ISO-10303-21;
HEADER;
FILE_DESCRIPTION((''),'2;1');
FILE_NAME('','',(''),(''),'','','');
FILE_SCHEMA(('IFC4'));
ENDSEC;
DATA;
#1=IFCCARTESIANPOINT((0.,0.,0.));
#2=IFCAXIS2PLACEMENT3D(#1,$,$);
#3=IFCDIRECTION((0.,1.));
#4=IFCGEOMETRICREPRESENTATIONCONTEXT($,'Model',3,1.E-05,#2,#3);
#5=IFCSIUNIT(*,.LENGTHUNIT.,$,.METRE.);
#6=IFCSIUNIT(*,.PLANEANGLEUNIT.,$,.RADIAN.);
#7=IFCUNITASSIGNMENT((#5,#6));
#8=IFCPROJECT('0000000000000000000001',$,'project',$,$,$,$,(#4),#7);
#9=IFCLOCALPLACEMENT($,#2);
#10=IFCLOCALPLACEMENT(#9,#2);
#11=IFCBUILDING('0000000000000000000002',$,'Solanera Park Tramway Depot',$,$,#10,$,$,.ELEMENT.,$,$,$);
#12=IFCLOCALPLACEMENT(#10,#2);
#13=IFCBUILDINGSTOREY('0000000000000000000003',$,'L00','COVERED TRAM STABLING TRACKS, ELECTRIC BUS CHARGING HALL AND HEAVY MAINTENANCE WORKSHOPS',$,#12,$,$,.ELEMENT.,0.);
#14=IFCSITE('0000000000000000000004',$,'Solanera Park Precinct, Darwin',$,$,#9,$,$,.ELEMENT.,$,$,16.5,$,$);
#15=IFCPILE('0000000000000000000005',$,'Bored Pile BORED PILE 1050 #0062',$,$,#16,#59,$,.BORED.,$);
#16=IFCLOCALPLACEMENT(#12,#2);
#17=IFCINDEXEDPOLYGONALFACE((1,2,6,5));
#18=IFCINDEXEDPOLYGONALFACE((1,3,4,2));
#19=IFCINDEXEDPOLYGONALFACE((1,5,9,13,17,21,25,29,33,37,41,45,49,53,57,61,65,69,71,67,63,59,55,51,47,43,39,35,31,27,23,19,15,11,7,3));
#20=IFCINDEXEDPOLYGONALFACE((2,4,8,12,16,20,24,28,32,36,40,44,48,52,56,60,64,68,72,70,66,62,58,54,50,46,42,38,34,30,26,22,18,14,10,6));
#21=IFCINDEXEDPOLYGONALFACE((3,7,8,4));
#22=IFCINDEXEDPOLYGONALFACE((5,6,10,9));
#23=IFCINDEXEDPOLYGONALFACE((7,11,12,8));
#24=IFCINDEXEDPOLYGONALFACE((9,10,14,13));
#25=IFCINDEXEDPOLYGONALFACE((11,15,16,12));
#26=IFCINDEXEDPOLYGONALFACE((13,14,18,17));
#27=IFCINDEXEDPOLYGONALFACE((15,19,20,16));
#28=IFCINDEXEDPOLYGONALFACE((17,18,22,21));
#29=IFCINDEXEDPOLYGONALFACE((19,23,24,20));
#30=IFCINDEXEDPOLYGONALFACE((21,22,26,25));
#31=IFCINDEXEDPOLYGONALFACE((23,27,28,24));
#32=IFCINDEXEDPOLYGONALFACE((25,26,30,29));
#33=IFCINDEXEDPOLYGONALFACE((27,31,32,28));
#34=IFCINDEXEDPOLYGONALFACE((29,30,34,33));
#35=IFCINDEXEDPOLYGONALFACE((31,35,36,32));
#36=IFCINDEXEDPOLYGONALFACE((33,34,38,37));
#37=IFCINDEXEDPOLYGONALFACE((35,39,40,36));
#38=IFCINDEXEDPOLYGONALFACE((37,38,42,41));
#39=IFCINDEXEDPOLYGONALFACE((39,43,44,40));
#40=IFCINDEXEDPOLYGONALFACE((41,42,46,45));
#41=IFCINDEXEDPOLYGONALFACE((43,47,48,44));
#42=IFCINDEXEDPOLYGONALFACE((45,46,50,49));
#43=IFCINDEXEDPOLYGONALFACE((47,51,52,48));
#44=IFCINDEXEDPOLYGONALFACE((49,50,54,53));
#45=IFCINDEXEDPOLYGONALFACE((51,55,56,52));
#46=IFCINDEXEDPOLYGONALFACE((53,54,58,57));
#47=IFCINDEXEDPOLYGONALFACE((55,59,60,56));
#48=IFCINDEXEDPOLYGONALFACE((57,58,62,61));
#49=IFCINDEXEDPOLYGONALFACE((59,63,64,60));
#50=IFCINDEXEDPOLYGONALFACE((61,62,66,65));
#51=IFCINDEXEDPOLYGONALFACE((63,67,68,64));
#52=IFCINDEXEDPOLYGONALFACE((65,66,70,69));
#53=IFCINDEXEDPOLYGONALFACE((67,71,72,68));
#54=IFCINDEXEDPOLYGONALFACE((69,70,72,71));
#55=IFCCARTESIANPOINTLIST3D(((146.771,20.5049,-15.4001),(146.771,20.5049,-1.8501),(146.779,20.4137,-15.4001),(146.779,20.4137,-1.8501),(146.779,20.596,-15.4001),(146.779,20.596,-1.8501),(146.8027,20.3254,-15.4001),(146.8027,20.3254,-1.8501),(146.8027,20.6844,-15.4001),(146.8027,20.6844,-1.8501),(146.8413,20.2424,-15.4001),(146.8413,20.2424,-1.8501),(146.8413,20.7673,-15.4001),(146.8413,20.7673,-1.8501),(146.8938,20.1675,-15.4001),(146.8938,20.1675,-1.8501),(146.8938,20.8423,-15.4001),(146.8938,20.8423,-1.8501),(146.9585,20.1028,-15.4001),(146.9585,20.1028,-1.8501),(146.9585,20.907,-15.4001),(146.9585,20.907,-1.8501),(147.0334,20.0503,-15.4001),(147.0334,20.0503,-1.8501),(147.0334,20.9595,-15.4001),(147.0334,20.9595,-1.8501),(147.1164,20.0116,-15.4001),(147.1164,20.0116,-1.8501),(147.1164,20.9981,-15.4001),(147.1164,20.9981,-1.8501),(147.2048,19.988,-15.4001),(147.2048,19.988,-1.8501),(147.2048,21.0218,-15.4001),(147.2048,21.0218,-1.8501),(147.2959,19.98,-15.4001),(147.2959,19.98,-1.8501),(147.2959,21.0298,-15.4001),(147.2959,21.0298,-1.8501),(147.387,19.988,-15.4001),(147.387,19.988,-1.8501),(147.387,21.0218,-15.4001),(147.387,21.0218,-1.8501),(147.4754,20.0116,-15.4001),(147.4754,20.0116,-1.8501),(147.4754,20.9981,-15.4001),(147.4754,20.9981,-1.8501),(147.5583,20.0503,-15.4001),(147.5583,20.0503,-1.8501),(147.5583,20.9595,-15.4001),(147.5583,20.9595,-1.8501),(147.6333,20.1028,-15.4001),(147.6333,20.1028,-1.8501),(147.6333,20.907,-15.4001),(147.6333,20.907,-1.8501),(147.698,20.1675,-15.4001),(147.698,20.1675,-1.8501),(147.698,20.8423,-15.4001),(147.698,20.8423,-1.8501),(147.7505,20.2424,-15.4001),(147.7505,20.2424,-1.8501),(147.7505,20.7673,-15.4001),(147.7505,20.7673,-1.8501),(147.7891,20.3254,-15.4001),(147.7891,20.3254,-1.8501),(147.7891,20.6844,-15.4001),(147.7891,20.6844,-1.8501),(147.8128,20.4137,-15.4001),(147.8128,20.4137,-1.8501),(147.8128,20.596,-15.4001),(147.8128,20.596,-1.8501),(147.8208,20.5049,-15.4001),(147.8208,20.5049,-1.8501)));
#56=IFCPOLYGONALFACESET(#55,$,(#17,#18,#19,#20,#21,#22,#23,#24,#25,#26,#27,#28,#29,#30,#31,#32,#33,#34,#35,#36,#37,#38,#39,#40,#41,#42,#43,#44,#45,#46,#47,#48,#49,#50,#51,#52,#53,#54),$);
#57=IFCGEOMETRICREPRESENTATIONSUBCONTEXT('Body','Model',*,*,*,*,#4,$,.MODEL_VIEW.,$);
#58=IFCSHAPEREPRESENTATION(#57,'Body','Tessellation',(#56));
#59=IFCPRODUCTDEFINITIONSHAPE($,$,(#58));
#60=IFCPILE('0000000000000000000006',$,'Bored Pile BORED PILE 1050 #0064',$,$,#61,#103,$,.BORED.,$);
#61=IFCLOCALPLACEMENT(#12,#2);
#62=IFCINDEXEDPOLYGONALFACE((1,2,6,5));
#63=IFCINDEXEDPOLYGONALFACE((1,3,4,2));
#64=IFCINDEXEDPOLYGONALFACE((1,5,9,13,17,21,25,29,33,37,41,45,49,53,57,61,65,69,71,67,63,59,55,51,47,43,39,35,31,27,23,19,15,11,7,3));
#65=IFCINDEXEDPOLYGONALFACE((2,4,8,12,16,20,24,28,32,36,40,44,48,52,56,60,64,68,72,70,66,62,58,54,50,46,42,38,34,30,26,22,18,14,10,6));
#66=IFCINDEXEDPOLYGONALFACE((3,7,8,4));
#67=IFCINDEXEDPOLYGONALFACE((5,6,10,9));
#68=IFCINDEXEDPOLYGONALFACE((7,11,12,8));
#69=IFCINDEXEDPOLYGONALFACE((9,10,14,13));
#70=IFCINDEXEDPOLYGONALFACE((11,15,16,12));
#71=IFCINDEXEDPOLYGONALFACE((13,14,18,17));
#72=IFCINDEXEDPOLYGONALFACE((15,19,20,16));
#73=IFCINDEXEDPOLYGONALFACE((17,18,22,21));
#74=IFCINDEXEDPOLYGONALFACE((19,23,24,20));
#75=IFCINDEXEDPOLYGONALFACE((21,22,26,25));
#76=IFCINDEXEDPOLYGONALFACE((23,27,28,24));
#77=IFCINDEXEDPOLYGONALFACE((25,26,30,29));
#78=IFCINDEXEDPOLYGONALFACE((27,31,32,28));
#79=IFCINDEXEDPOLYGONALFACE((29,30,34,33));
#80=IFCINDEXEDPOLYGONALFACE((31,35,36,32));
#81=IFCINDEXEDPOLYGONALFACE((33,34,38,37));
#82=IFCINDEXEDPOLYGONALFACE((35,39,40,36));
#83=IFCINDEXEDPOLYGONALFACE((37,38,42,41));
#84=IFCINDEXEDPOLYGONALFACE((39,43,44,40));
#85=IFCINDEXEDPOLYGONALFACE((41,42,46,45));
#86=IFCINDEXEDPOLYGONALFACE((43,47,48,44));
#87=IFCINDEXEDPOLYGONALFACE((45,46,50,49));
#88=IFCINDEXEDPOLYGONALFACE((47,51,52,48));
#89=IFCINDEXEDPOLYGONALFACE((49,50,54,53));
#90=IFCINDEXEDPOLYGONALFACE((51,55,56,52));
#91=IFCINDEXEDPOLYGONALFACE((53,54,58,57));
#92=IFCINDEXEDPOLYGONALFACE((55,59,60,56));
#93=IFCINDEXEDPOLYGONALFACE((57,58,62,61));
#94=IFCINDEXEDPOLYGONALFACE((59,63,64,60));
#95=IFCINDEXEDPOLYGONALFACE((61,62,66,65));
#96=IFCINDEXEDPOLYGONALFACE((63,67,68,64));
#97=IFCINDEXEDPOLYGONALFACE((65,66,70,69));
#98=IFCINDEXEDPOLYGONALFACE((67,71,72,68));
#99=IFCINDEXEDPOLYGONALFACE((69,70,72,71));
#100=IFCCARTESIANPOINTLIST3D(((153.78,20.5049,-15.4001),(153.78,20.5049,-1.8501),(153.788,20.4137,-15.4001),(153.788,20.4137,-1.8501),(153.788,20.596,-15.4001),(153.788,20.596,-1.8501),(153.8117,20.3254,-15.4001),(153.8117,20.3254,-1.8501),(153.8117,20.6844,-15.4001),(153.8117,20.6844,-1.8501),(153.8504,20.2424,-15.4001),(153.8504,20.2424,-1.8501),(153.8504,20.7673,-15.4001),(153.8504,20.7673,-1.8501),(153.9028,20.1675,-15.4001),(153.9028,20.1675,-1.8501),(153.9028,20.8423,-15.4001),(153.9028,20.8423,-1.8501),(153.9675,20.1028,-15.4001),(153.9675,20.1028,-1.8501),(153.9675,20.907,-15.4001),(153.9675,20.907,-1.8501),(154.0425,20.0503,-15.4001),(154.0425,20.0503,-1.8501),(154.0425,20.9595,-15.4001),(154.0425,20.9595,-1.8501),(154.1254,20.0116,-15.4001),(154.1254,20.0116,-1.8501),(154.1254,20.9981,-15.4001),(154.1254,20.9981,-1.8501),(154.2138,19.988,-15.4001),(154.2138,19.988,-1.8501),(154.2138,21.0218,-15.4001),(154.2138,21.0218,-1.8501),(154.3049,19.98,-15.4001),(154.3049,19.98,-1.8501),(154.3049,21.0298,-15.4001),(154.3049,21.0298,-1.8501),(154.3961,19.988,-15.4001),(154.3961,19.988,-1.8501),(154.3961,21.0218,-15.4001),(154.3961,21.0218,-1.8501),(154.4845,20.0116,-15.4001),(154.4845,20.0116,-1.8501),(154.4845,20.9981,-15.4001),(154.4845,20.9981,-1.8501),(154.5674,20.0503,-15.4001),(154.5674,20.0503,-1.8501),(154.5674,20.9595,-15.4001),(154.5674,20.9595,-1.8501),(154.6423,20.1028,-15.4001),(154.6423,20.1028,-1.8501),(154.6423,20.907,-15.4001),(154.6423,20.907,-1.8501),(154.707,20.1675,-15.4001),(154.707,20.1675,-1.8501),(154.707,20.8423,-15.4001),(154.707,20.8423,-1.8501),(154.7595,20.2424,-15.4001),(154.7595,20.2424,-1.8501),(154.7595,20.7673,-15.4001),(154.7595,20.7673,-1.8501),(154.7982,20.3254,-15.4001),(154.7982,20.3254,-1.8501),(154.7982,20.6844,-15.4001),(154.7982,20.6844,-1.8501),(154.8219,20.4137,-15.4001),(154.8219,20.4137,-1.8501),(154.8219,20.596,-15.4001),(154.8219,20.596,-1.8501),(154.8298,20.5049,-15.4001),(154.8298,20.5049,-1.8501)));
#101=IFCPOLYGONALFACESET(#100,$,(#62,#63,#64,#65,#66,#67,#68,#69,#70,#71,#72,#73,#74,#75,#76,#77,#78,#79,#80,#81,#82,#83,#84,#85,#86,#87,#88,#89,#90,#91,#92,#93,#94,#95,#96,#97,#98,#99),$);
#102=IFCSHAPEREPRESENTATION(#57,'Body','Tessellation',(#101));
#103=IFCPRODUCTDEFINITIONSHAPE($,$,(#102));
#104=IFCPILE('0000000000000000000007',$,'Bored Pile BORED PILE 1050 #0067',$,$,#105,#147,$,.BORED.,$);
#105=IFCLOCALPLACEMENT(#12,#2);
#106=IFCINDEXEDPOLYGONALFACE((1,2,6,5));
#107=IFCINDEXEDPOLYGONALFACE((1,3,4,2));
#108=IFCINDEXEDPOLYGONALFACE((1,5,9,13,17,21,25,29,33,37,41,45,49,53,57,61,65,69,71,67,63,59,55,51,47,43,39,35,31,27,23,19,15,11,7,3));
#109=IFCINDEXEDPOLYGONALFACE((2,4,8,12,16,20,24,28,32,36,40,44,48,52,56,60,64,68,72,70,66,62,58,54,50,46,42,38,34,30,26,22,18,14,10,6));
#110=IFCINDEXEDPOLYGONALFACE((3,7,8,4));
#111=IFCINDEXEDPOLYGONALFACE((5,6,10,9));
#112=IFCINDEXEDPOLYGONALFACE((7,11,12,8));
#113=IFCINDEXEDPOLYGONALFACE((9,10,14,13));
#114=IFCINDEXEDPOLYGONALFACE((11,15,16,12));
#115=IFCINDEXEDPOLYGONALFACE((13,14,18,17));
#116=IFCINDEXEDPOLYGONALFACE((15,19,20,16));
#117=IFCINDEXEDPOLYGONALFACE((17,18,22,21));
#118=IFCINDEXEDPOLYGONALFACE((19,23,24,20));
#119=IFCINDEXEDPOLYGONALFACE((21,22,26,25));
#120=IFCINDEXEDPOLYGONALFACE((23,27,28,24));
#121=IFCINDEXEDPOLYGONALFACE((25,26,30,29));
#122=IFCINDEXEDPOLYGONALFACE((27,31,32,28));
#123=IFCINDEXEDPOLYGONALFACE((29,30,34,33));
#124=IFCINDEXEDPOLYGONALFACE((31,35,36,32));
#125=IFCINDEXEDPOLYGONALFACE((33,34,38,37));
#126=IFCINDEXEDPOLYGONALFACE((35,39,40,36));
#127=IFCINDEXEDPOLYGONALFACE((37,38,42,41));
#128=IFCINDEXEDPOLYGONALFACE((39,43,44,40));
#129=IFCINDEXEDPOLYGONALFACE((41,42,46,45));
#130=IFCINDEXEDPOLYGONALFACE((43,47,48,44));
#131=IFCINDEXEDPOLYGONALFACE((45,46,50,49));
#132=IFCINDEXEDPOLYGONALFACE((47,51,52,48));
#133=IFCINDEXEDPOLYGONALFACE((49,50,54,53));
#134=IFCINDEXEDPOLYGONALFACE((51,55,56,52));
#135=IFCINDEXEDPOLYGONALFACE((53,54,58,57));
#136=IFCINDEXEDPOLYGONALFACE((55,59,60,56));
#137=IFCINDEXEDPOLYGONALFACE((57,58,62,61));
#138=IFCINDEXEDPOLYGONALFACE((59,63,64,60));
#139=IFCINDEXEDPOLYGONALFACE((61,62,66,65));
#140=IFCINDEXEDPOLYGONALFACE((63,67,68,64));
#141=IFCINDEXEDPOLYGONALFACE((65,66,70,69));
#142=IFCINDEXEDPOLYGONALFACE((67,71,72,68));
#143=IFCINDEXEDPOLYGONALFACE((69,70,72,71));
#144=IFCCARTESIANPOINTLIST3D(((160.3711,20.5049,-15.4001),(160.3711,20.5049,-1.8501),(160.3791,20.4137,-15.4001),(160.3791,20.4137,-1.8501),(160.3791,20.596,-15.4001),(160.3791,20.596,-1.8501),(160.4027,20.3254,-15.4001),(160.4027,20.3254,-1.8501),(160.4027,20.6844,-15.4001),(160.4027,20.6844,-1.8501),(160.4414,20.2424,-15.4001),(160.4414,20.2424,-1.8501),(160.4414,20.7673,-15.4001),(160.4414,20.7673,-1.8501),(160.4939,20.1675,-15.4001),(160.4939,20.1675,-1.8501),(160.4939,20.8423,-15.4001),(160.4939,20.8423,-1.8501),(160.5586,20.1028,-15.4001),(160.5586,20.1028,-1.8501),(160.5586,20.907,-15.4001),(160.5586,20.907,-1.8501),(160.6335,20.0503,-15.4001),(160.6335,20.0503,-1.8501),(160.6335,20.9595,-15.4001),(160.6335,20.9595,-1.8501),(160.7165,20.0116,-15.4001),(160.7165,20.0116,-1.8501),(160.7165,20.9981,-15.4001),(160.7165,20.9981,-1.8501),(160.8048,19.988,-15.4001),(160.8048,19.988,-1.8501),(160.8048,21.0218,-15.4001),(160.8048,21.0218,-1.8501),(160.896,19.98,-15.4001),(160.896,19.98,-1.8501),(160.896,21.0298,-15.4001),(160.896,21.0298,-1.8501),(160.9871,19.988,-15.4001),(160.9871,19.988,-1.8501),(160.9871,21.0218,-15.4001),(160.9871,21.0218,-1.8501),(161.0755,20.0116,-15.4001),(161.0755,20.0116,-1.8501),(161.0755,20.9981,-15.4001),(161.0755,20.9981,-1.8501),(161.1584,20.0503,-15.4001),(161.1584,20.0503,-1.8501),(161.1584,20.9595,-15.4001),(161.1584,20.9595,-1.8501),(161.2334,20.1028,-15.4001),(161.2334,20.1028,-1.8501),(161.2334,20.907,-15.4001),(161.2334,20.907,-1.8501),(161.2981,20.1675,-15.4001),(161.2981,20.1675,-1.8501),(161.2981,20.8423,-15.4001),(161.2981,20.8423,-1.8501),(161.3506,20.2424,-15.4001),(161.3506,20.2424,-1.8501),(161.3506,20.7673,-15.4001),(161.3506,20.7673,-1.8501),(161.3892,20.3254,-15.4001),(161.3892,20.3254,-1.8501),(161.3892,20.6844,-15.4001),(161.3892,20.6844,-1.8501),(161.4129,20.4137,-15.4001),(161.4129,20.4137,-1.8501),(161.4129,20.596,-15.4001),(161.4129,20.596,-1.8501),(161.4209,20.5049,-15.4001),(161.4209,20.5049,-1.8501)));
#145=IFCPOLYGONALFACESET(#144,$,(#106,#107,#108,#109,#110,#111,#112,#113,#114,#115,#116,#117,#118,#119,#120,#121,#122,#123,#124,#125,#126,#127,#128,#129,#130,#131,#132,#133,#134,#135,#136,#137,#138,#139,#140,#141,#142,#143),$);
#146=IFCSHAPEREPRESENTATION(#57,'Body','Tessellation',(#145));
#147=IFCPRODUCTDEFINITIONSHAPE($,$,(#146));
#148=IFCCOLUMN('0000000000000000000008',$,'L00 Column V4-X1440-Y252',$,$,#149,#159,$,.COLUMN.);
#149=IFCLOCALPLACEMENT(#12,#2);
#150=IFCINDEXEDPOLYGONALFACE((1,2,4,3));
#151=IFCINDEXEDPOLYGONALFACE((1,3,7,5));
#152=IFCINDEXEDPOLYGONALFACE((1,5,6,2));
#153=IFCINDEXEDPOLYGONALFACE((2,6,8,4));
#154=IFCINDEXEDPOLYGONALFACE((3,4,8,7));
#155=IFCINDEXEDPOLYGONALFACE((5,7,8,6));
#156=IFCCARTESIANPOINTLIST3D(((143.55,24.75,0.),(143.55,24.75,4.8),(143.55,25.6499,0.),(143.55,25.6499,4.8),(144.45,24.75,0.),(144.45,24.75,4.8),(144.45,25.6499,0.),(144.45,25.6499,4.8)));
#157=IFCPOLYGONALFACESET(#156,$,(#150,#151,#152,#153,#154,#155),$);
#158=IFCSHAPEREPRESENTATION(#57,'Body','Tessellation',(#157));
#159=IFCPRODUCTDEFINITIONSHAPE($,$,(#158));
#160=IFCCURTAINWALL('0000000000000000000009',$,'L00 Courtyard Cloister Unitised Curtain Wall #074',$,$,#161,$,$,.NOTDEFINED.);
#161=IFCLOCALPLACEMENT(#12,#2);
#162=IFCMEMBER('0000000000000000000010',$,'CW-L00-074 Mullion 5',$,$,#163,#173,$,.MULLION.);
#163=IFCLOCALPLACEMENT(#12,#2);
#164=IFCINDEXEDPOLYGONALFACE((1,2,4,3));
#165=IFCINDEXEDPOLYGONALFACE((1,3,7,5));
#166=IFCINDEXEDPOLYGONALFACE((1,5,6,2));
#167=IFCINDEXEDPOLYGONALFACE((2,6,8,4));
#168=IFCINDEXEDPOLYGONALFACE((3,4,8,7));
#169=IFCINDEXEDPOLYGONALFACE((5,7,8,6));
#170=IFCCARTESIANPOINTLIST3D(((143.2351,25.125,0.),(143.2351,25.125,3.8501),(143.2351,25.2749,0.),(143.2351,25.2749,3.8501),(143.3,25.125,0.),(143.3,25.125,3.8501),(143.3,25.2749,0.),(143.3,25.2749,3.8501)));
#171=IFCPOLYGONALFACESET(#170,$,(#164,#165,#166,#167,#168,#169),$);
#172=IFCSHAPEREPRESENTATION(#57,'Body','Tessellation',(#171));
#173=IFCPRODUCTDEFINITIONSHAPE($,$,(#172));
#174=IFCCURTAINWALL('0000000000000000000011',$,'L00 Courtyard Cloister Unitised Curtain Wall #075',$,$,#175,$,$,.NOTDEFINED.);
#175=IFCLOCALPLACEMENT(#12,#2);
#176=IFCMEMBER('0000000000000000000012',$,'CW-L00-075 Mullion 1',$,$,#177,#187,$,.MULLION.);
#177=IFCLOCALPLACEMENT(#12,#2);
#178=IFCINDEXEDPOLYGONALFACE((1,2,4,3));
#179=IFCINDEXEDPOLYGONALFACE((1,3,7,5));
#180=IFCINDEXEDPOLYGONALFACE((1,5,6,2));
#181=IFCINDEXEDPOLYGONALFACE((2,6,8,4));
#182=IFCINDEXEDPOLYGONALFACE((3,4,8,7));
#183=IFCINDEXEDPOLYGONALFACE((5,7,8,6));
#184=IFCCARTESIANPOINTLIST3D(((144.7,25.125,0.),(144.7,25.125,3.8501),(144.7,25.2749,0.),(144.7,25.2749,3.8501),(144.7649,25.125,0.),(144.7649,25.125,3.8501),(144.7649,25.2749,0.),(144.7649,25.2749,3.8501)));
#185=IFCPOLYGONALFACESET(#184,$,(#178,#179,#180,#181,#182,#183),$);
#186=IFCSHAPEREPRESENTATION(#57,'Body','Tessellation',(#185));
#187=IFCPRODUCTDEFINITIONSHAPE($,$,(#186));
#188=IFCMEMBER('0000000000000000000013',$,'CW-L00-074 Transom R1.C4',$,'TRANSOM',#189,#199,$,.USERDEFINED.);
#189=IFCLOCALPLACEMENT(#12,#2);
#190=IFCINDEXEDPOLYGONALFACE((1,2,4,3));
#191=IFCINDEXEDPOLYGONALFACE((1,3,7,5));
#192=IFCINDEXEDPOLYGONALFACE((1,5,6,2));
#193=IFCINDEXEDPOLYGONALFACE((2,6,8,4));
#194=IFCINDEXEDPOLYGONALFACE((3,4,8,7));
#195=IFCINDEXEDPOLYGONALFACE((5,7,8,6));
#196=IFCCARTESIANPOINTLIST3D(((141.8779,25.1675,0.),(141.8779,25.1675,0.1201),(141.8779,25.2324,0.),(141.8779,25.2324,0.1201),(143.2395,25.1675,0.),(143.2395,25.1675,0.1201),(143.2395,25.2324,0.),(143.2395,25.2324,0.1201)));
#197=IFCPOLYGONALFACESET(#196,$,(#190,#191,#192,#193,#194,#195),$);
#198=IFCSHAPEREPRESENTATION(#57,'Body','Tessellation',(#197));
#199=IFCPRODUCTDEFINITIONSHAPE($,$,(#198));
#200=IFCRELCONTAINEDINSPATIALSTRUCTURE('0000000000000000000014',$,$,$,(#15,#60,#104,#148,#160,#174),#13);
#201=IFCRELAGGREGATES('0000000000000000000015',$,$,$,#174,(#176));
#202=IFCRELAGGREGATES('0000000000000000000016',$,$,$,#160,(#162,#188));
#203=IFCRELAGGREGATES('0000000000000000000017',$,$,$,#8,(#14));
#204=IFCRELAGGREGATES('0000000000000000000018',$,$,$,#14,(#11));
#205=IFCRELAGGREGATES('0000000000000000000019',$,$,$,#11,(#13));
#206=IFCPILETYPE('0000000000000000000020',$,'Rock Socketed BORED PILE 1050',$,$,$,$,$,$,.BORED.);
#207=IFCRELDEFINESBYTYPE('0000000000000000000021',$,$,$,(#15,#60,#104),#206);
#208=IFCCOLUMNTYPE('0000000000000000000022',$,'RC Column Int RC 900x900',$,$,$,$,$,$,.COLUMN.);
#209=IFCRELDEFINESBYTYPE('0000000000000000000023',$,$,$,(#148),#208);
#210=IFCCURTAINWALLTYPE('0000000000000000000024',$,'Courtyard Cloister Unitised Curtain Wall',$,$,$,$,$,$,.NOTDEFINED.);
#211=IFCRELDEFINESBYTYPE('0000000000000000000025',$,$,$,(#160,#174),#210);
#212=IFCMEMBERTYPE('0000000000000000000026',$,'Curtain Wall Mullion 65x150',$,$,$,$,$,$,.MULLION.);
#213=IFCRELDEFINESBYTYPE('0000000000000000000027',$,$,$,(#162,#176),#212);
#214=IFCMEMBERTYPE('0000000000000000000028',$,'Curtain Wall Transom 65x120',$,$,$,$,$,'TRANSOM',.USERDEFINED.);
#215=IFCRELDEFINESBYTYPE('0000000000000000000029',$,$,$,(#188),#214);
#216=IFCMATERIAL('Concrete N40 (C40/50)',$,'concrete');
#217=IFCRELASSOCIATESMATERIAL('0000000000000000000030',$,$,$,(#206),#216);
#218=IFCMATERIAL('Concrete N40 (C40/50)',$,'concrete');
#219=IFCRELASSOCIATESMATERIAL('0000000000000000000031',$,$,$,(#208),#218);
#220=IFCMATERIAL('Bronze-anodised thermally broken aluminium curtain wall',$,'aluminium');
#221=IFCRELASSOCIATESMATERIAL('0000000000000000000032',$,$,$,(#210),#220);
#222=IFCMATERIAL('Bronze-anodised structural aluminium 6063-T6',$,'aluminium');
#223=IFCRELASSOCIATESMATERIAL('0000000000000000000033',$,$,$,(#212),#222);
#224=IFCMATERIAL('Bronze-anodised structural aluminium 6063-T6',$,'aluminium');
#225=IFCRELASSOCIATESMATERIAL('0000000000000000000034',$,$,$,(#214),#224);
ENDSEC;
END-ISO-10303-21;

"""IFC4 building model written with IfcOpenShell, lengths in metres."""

from ifc_helpers import new_model, si_unit, direction, frame, origin, origin_2d, place, context, subcontext, project, spatial, rectangle, circle, extrude, material, material_profile, profile_set, type_object, element, aggregate, save


model = new_model("IFC4")

# Units and contexts
model_context = context("Model", 3, precision=1e-05, world=origin(), true_north=direction((0.0, 1.0)))
body_context = subcontext(model_context, "Body", "Model", "MODEL_VIEW")
ifc_project = project(units=[si_unit("LENGTHUNIT", "METRE"), si_unit("PLANEANGLEUNIT", "RADIAN")], contexts=[model_context])

# Site, building, storey
site_placement = place(None, origin())
site = spatial("IfcSite", under=ifc_project, at=site_placement, Name="Solanera Park Precinct, Darwin", CompositionType="ELEMENT", RefElevation=16.5)
building_placement = place(site_placement, origin())
building = spatial("IfcBuilding", under=site, at=building_placement, Name="Solanera Park Tramway Depot", CompositionType="ELEMENT")
storey_placement = place(building_placement, origin())
storey = spatial("IfcBuildingStorey", under=building, at=storey_placement, Name="L00", Description="COVERED TRAM STABLING TRACKS, ELECTRIC BUS CHARGING HALL AND HEAVY MAINTENANCE WORKSHOPS", CompositionType="ELEMENT", Elevation=0.0)

# Piles
ifc_material_1 = material(Name="Concrete N40 (C40/50)", Category="concrete")
ifc_material_profile_1 = material_profile(ifc_material_1, circle(Radius=0.5249, at=origin_2d()), Name="BORED PILE 1050")
ifc_profile_set_1 = profile_set([ifc_material_profile_1], Name="Concrete N40 (C40/50)")
pile_type = type_object("IfcPileType", Name="Rock Socketed BORED PILE 1050", PredefinedType="BORED", material=ifc_profile_set_1)
for number, where, z_axis, x_axis, name in (
    (1, (147.2959, 20.5049, -1.8501), (0.0, 0.0, -1.0), (1.0, 0.0, 0.0), "Bored Pile BORED PILE 1050 #0062"),
    (2, (154.3049, 20.5049, -1.8501), (0.0, 0.0, -1.0), (1.0, 0.0, 0.0), "Bored Pile BORED PILE 1050 #0064"),
    (3, (160.896, 20.5049, -1.8501), (0.0, 0.0, -1.0), (1.0, 0.0, 0.0), "Bored Pile BORED PILE 1050 #0067"),
):
    element("IfcPile", number, at=place(storey_placement, frame(where, z_axis=z_axis, x_axis=x_axis)), inside=storey, type_object=pile_type, Name=name, PredefinedType="BORED", context=body_context, shape_type="SweptSolid", body=[
        extrude(circle(Radius=0.5249, at=origin_2d()), origin(), (0.0, 0.0, 1.0), 13.55),
    ])

# Column
ifc_material_2 = material(Name="Concrete N40 (C40/50)", Category="concrete")
ifc_material_profile_2 = material_profile(ifc_material_2, rectangle(XDim=0.8999, YDim=0.8999, at=origin_2d()), Name="RC 900x900")
ifc_profile_set_2 = profile_set([ifc_material_profile_2], Name="Concrete N40 (C40/50)")
column_type = type_object("IfcColumnType", Name="RC Column Int RC 900x900", PredefinedType="COLUMN", material=ifc_profile_set_2)
column_placement = place(storey_placement, frame((144.0, 25.2, 0.0), z_axis=(0.0, 0.0, 1.0), x_axis=(1.0, 0.0, 0.0)))
element("IfcColumn", 4, at=column_placement, inside=storey, type_object=column_type, Name="L00 Column V4-X1440-Y252", PredefinedType="COLUMN", context=body_context, shape_type="SweptSolid", body=[
    extrude(rectangle(XDim=0.8999, YDim=0.8999, at=origin_2d()), origin(), (0.0, 0.0, 1.0), 4.8),
])

# Curtain walls, members
ifc_material_3 = material(Name="Bronze-anodised thermally broken aluminium curtain wall", Category="aluminium")
curtain_wall_type = type_object("IfcCurtainWallType", Name="Courtyard Cloister Unitised Curtain Wall", PredefinedType="NOTDEFINED", material=ifc_material_3)
curtain_wall_1_placement = place(storey_placement, origin())
curtain_wall_1 = element("IfcCurtainWall", 5, at=curtain_wall_1_placement, inside=storey, type_object=curtain_wall_type, Name="L00 Courtyard Cloister Unitised Curtain Wall #074", PredefinedType="NOTDEFINED")
ifc_material_4 = material(Name="Bronze-anodised structural aluminium 6063-T6", Category="aluminium")
ifc_material_profile_3 = material_profile(ifc_material_4, rectangle(XDim=0.0649, YDim=0.1499, at=origin_2d()), Name="Curtain Wall Mullion 65x150")
ifc_profile_set_3 = profile_set([ifc_material_profile_3], Name="Bronze-anodised structural aluminium 6063-T6")
member_type_1 = type_object("IfcMemberType", Name="Curtain Wall Mullion 65x150", PredefinedType="MULLION", material=ifc_profile_set_3)
member_1_placement = place(storey_placement, frame((143.2676, 25.2, 0.0), z_axis=(0.0, 0.0, 1.0), x_axis=(1.0, 0.0, 0.0)))
member_1 = element("IfcMember", 6, at=member_1_placement, type_object=member_type_1, Name="CW-L00-074 Mullion 5", PredefinedType="MULLION", context=body_context, shape_type="SweptSolid", body=[
    extrude(rectangle(XDim=0.0649, YDim=0.1499, at=origin_2d()), origin(), (0.0, 0.0, 1.0), 3.8501),
])
curtain_wall_2_placement = place(storey_placement, origin())
curtain_wall_2 = element("IfcCurtainWall", 7, at=curtain_wall_2_placement, inside=storey, type_object=curtain_wall_type, Name="L00 Courtyard Cloister Unitised Curtain Wall #075", PredefinedType="NOTDEFINED")
member_2_placement = place(storey_placement, frame((144.7324, 25.2, 0.0), z_axis=(0.0, 0.0, 1.0), x_axis=(1.0, 0.0, 0.0)))
member_2 = element("IfcMember", 8, at=member_2_placement, type_object=member_type_1, Name="CW-L00-075 Mullion 1", PredefinedType="MULLION", context=body_context, shape_type="SweptSolid", body=[
    extrude(rectangle(XDim=0.0649, YDim=0.1499, at=origin_2d()), origin(), (0.0, 0.0, 1.0), 3.8501),
])

# Member
ifc_material_5 = material(Name="Bronze-anodised structural aluminium 6063-T6", Category="aluminium")
ifc_material_profile_4 = material_profile(ifc_material_5, rectangle(XDim=0.0649, YDim=0.1201, at=origin_2d()), Name="Curtain Wall Transom 65x120")
ifc_profile_set_4 = profile_set([ifc_material_profile_4], Name="Bronze-anodised structural aluminium 6063-T6")
member_type_2 = type_object("IfcMemberType", Name="Curtain Wall Transom 65x120", ElementType="TRANSOM", PredefinedType="USERDEFINED", material=ifc_profile_set_4)
member_3_placement = place(storey_placement, frame((141.8779, 25.2, 0.0601), z_axis=(1.0, 0.0, 0.0), x_axis=(0.0, 1.0, 0.0)))
member_3 = element("IfcMember", 9, at=member_3_placement, type_object=member_type_2, Name="CW-L00-074 Transom R1.C4", ObjectType="TRANSOM", PredefinedType="USERDEFINED", context=body_context, shape_type="SweptSolid", body=[
    extrude(rectangle(XDim=0.0649, YDim=0.1201, at=origin_2d()), origin(), (0.0, 0.0, 1.0), 1.3616),
])
aggregate(curtain_wall_2, [member_2])

aggregate(curtain_wall_1, [member_1, member_3])

save(model, "model.ifc")
